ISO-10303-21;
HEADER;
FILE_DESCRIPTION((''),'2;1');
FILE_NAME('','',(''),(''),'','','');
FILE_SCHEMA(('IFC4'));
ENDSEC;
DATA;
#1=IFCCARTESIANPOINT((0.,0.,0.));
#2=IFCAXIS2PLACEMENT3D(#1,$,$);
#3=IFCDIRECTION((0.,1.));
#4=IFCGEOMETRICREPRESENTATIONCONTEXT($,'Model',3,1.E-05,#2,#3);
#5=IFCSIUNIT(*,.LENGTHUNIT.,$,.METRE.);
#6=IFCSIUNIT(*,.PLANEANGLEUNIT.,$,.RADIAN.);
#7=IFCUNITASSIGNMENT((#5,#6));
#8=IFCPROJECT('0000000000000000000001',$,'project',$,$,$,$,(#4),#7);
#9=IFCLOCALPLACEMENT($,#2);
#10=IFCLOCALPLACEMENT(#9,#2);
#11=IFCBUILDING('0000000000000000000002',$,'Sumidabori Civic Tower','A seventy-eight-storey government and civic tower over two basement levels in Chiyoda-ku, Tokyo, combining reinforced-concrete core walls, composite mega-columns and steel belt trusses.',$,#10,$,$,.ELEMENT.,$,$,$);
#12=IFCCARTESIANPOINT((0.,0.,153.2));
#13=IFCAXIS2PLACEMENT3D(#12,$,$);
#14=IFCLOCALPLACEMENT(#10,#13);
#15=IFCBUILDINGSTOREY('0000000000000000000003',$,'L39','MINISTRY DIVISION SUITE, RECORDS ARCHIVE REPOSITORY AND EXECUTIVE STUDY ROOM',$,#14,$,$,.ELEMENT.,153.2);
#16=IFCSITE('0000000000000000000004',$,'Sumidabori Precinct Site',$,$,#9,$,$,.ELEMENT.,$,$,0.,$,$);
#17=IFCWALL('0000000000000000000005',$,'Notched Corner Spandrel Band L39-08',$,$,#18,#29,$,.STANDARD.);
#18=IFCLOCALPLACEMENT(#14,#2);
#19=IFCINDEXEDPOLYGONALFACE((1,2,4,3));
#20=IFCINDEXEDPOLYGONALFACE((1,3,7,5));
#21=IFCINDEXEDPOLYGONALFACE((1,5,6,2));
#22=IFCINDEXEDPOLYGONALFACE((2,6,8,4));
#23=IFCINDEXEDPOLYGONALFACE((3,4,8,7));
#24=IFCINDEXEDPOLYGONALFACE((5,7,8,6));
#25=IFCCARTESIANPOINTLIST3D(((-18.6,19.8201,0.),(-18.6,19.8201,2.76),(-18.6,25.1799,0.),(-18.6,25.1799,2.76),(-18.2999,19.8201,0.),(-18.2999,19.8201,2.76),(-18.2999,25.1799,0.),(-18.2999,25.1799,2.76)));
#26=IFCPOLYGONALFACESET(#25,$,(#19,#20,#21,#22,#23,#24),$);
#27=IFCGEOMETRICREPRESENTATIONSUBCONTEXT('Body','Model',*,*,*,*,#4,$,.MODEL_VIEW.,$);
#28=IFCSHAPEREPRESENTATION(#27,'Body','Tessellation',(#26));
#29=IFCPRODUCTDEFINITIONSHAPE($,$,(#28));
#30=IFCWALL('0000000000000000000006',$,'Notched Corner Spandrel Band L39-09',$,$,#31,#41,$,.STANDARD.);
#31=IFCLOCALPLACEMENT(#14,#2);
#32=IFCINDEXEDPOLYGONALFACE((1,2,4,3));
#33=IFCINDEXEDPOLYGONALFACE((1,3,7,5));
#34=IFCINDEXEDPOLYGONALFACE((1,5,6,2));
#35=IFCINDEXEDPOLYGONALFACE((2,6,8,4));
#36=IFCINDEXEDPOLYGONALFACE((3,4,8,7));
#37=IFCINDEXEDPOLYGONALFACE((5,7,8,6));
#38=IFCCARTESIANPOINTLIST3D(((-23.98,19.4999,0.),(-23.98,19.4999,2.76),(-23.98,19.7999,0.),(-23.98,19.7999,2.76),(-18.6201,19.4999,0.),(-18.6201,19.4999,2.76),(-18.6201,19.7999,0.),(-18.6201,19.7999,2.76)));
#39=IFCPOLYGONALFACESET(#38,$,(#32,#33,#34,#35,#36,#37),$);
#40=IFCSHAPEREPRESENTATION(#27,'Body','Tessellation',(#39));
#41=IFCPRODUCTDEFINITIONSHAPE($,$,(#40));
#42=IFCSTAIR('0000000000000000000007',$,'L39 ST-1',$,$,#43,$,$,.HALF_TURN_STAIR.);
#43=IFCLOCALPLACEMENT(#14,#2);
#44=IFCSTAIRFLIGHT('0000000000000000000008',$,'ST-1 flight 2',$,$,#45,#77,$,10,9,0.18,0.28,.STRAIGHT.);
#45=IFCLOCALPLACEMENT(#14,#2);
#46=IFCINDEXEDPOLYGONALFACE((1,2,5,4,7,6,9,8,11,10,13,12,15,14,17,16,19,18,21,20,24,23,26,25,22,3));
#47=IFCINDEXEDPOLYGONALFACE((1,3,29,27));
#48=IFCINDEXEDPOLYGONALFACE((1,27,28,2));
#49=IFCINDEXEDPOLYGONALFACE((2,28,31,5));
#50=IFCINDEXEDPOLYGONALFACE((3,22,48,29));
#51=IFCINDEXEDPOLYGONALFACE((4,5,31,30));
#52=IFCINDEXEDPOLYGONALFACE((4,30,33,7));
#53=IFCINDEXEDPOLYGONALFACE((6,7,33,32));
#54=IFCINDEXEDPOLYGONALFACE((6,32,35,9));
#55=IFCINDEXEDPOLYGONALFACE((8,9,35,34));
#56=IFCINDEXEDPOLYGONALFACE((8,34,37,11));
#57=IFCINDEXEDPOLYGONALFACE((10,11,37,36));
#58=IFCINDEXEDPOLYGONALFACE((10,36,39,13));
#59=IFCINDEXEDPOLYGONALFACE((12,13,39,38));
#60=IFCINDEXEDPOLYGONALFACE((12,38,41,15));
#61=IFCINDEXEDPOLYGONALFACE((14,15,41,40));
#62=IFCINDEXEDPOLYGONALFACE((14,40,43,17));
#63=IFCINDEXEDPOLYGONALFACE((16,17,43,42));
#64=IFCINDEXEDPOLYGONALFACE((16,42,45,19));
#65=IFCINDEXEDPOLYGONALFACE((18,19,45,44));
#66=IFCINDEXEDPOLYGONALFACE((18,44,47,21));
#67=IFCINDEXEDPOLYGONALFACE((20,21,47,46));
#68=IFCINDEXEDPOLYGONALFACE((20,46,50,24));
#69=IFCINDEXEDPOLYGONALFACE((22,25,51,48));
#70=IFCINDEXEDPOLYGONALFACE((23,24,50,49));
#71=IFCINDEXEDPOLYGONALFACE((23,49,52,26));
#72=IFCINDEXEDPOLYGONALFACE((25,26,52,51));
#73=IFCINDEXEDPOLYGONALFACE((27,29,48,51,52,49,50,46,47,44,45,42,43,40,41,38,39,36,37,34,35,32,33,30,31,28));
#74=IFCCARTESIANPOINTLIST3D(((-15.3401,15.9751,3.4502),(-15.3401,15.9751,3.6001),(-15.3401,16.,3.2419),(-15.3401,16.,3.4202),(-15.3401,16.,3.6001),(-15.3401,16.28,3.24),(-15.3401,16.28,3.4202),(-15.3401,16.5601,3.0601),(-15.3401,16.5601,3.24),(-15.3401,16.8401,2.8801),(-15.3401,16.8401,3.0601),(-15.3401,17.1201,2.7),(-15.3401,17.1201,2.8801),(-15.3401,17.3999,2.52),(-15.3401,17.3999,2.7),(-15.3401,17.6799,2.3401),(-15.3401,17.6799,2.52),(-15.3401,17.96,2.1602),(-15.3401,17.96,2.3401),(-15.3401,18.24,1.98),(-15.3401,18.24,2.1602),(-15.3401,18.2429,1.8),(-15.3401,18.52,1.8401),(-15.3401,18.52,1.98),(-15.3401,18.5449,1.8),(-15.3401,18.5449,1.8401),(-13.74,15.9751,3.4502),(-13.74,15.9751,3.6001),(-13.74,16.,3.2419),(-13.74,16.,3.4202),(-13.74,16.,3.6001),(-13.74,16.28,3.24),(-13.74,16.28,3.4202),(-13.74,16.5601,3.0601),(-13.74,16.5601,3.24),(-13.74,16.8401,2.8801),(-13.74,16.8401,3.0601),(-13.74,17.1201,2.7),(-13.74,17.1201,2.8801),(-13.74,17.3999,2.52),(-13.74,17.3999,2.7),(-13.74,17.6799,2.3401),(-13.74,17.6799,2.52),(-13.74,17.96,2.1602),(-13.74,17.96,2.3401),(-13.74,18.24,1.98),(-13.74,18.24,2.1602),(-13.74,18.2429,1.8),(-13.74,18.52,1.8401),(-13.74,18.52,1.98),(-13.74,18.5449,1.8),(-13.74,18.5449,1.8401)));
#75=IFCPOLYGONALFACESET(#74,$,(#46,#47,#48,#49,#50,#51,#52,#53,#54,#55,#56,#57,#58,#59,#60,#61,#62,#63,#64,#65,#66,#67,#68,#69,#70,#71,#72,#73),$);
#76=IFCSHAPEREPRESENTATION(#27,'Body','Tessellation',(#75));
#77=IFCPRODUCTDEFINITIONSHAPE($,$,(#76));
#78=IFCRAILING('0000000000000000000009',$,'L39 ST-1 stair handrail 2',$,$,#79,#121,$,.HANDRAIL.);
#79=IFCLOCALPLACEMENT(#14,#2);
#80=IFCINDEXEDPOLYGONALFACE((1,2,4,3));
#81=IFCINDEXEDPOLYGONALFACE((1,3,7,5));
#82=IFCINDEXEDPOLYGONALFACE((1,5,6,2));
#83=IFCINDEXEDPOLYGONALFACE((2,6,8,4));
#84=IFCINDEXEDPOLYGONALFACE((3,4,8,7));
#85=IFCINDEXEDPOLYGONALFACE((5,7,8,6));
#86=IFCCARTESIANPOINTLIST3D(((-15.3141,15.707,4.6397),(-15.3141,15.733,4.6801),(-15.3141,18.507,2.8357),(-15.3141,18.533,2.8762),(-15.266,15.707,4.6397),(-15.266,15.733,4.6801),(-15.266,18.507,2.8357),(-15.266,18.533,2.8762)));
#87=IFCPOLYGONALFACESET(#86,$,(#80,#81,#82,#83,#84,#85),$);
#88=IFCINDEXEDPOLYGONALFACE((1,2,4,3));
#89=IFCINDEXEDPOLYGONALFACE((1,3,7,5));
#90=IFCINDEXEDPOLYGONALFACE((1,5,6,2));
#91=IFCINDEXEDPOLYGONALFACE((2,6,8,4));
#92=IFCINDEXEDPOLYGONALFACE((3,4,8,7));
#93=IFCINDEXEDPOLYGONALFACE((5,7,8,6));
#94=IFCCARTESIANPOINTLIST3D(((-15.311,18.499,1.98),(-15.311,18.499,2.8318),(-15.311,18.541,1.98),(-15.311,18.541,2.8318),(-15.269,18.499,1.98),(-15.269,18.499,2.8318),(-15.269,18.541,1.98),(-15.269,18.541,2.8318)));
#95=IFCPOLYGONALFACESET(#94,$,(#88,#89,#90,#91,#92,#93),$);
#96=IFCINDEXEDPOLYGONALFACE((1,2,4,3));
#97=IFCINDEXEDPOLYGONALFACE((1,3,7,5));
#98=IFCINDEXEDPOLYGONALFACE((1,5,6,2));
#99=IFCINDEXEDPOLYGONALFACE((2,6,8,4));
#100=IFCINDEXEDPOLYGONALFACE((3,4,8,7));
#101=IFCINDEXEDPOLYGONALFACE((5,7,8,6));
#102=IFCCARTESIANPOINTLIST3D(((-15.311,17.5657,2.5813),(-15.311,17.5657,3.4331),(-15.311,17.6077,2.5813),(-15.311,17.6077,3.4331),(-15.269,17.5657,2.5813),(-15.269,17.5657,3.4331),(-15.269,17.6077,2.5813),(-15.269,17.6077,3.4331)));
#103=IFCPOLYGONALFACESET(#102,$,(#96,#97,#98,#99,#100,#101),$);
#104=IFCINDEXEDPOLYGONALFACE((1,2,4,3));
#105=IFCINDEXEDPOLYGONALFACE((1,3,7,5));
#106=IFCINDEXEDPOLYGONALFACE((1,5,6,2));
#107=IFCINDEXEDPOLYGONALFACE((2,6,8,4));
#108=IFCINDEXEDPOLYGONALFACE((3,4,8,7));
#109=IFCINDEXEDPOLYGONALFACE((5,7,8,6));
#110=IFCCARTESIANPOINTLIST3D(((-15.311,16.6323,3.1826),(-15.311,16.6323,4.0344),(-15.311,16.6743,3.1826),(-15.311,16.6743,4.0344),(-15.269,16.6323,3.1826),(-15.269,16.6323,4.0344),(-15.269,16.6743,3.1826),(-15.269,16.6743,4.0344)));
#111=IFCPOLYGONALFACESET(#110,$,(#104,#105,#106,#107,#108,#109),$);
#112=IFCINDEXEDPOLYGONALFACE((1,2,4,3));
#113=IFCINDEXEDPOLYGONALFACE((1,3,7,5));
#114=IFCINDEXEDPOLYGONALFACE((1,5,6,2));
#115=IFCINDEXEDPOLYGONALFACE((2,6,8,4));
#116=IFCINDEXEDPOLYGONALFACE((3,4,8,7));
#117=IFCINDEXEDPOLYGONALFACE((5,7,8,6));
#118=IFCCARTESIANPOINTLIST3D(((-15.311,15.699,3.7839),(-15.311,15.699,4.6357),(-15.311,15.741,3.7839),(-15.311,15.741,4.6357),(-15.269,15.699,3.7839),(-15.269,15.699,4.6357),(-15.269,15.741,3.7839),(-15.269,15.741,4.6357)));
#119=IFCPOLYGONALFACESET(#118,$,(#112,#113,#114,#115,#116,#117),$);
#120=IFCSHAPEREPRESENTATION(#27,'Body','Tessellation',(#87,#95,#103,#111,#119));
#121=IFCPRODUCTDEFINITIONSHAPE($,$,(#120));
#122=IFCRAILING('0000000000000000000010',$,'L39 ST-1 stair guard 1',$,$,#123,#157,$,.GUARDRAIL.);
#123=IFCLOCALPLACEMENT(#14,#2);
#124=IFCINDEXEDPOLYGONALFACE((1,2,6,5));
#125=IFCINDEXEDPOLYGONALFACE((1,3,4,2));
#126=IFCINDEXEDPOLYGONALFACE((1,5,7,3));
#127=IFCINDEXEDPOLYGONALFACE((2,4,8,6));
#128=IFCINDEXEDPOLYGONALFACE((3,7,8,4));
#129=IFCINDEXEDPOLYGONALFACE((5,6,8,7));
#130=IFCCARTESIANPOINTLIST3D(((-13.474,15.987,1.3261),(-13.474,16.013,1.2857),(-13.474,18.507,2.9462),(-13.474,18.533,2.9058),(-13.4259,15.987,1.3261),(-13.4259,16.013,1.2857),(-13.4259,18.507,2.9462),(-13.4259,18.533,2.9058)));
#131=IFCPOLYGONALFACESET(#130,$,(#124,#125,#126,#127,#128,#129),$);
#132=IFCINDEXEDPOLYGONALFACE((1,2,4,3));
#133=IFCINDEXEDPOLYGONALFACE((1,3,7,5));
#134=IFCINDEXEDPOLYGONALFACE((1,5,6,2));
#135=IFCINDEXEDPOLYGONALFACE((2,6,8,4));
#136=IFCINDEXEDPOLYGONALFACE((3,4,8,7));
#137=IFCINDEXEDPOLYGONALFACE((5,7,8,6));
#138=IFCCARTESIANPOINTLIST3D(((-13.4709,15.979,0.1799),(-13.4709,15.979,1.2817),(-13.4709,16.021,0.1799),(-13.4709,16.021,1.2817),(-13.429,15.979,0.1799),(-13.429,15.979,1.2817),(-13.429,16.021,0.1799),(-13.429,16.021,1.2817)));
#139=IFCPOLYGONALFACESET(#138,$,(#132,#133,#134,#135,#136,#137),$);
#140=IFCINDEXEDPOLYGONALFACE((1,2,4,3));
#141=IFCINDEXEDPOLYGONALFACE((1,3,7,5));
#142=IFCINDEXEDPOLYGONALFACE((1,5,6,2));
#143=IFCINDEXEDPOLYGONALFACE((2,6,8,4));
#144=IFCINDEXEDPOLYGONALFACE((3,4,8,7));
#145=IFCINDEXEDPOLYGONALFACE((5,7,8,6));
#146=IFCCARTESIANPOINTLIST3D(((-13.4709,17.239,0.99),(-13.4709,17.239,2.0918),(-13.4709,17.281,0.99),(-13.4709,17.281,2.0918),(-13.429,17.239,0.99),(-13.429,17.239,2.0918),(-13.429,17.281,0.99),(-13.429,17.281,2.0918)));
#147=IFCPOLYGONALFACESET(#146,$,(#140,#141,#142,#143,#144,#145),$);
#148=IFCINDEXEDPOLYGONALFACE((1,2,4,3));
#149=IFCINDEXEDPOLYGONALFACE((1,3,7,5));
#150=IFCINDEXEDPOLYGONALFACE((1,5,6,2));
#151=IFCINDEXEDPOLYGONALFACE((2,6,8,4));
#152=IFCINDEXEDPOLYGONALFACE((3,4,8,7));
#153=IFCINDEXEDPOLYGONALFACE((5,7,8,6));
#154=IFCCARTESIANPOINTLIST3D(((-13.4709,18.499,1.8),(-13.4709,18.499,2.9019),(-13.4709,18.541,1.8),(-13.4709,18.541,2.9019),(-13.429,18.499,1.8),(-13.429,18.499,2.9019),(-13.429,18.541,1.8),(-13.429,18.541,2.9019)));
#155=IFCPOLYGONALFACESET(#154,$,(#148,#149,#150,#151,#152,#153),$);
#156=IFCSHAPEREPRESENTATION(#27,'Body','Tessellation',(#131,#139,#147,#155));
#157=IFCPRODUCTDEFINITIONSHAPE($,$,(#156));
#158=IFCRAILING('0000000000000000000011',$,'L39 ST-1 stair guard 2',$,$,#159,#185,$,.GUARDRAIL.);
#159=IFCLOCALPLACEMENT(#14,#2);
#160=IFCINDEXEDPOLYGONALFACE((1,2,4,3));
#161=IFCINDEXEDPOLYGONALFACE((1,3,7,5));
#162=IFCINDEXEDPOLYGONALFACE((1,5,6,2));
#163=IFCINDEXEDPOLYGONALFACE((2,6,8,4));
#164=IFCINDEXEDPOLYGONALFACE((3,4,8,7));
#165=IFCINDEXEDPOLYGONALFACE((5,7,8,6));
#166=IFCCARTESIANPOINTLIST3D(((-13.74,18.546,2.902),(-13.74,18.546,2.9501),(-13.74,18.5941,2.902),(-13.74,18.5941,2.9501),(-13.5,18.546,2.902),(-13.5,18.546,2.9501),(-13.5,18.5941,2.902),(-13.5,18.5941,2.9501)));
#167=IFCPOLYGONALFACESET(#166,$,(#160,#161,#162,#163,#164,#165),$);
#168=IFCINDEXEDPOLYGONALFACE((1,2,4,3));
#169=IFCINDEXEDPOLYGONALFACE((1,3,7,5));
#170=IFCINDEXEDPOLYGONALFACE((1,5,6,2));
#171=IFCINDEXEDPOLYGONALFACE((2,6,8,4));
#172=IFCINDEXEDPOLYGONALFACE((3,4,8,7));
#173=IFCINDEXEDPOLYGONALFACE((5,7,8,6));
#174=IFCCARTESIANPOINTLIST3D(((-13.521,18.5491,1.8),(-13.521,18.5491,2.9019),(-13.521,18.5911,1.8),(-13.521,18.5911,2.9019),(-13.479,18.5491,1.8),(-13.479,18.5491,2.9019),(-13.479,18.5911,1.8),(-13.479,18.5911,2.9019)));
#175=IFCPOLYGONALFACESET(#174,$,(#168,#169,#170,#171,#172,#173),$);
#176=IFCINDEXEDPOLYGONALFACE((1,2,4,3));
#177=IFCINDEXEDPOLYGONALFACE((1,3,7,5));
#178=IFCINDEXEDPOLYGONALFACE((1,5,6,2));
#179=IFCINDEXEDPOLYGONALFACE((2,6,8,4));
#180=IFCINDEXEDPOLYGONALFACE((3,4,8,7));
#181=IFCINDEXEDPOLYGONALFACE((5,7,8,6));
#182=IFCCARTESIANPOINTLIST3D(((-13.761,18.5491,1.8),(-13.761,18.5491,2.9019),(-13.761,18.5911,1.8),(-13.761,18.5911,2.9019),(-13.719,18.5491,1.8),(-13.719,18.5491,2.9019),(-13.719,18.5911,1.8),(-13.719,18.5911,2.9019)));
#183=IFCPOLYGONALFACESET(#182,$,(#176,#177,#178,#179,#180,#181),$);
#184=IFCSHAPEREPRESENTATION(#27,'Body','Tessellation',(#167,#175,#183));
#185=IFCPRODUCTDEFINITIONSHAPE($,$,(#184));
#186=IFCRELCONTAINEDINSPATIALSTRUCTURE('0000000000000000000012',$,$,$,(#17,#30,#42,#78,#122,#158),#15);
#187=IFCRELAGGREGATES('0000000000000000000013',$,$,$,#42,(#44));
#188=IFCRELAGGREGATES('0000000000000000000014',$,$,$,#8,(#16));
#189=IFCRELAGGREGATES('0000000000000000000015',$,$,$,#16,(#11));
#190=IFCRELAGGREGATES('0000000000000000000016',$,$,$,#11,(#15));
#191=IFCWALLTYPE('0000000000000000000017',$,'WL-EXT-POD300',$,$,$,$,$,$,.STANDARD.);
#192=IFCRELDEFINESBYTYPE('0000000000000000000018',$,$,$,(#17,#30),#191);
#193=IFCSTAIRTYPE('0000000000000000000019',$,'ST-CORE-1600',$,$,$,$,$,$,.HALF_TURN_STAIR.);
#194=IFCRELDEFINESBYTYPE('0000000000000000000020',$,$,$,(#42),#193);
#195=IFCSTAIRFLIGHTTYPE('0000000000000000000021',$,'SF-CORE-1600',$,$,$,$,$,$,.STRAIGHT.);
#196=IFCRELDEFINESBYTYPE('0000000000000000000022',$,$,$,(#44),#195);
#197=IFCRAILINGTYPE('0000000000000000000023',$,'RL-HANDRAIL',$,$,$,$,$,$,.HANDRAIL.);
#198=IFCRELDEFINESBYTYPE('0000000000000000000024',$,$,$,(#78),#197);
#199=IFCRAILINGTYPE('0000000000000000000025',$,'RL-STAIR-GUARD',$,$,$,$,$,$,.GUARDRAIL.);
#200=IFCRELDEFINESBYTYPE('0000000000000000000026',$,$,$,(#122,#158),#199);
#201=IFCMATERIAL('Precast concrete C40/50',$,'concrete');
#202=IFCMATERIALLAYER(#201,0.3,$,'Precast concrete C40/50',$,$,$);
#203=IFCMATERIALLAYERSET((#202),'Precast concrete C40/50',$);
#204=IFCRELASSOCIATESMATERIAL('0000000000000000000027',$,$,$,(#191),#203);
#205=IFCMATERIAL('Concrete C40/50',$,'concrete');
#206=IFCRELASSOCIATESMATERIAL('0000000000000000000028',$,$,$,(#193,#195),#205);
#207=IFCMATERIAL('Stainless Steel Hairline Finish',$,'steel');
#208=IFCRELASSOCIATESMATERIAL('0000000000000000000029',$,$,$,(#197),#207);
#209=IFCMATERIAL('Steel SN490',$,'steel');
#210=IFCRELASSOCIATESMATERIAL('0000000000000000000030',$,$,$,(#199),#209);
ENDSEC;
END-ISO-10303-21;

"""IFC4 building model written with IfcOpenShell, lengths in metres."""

from ifc_helpers import new_model, si_unit, direction, frame, frame_2d, origin, origin_2d, place, context, subcontext, project, spatial, polyline, rectangle, outline, extrude, source, transform, mapped, material, layer, layer_set, type_object, element, aggregate, save


model = new_model("IFC4")

# Units and contexts
model_context = context("Model", 3, precision=1e-05, world=origin(), true_north=direction((0.0, 1.0)))
body_context = subcontext(model_context, "Body", "Model", "MODEL_VIEW")
ifc_project = project(units=[si_unit("LENGTHUNIT", "METRE"), si_unit("PLANEANGLEUNIT", "RADIAN")], contexts=[model_context])

# Site, building, storey
site_placement = place(None, origin())
site = spatial("IfcSite", under=ifc_project, at=site_placement, Name="Sumidabori Precinct Site", CompositionType="ELEMENT", RefElevation=0.0)
building_placement = place(site_placement, origin())
building = spatial("IfcBuilding", under=site, at=building_placement, Name="Sumidabori Civic Tower", Description="A seventy-eight-storey government and civic tower over two basement levels in Chiyoda-ku, Tokyo, combining reinforced-concrete core walls, composite mega-columns and steel belt trusses.", CompositionType="ELEMENT")
storey_placement = place(building_placement, frame((0.0, 0.0, 153.2)))
storey = spatial("IfcBuildingStorey", under=building, at=storey_placement, Name="L39", Description="MINISTRY DIVISION SUITE, RECORDS ARCHIVE REPOSITORY AND EXECUTIVE STUDY ROOM", CompositionType="ELEMENT", Elevation=153.2)

# Shared definitions
ifc_material_1 = material(Name="Steel SN490", Category="steel")

# Walls
ifc_material_2 = material(Name="Precast concrete C40/50", Category="concrete")
ifc_layer_1 = layer(ifc_material_2, 0.3, Name="Precast concrete C40/50")
ifc_layer_set_1 = layer_set([ifc_layer_1], Name="Precast concrete C40/50")
wall_type_1 = type_object("IfcWallType", Name="WL-EXT-POD300", PredefinedType="STANDARD", material=ifc_layer_set_1)
shared_shape_1 = source(origin(), body_context, "Body", "SweptSolid", [
    extrude(rectangle(XDim=5.3599, YDim=0.3, at=frame_2d((2.6799, 0.0))), origin(), (0.0, 0.0, 1.0), 2.76),
])
for number, where, z_axis, x_axis, name in (
    (1, (-18.45, 25.1799, 0.0), (0.0, 0.0, 1.0), (0.0, -1.0, 0.0), "Notched Corner Spandrel Band L39-08"),
    (2, (-18.6201, 19.6499, 0.0), (0.0, 0.0, 1.0), (-1.0, 0.0, 0.0), "Notched Corner Spandrel Band L39-09"),
):
    element("IfcWall", number, at=place(storey_placement, frame(where, z_axis=z_axis, x_axis=x_axis)), inside=storey, type_object=wall_type_1, Name=name, PredefinedType="STANDARD", context=body_context, shape_type="MappedRepresentation", body=[
        mapped(shared_shape_1, transform((0.0, 0.0, 0.0), x_axis=(1.0, 0.0, 0.0), y_axis=(0.0, 1.0, 0.0), z_axis=(0.0, 0.0, 1.0), scale=1.0)),
    ])

# Stair, stair flight
ifc_material_3 = material(Name="Concrete C40/50", Category="concrete")
stair_type = type_object("IfcStairType", Name="ST-CORE-1600", PredefinedType="HALF_TURN_STAIR", material=ifc_material_3)
stair_placement = place(storey_placement, origin())
stair = element("IfcStair", 3, at=stair_placement, inside=storey, type_object=stair_type, Name="L39 ST-1", PredefinedType="HALF_TURN_STAIR")
stair_flight_type = type_object("IfcStairFlightType", Name="SF-CORE-1600", PredefinedType="STRAIGHT", material=ifc_material_3)
shared_shape_2 = source(origin(), body_context, "Body", "SweptSolid", [
    extrude(outline(polyline([(-0.0249, 0.0), (-0.0249, 0.04), (0.0, 0.04), (0.0, 0.1799), (0.28, 0.1799), (0.28, 0.3601), (0.5601, 0.3601), (0.5601, 0.54), (0.8401, 0.54), (0.8401, 0.72), (1.1201, 0.72), (1.1201, 0.8999), (1.3999, 0.8999), (1.3999, 1.0801), (1.6799, 1.0801), (1.6799, 1.26), (1.96, 1.26), (1.96, 1.4399), (2.24, 1.4399), (2.24, 1.6201), (2.52, 1.6201), (2.52, 1.8), (2.5449, 1.8), (2.5449, 1.6501), (2.52, 1.4419), (0.2771, 0.0), (-0.0249, 0.0)])), frame((0.0, 0.8, 0.0), z_axis=(0.0, -1.0, 0.0), x_axis=(1.0, 0.0, 0.0)), (0.0, 0.0, 1.0), 1.6001),
])
stair_flight_placement = place(storey_placement, frame((-14.54, 18.52, 1.8), z_axis=(0.0, 0.0, 1.0), x_axis=(0.0, -1.0, 0.0)))
stair_flight = element("IfcStairFlight", 4, at=stair_flight_placement, type_object=stair_flight_type, Name="ST-1 flight 2", NumberOfRisers=10, NumberOfTreads=9, PredefinedType="STRAIGHT", RiserHeight=0.18, TreadLength=0.28, context=body_context, shape_type="MappedRepresentation", body=[
    mapped(shared_shape_2, transform((0.0, 0.0, 0.0), x_axis=(1.0, 0.0, 0.0), y_axis=(0.0, 1.0, 0.0), z_axis=(0.0, 0.0, 1.0), scale=1.0)),
])
aggregate(stair, [stair_flight])

# Railings
ifc_material_4 = material(Name="Stainless Steel Hairline Finish", Category="steel")
railing_type_1 = type_object("IfcRailingType", Name="RL-HANDRAIL", PredefinedType="HANDRAIL", material=ifc_material_4)
railing_1_placement = place(storey_placement, frame((-15.29, 18.52, 1.98)))
element("IfcRailing", 5, at=railing_1_placement, inside=storey, type_object=railing_type_1, Name="L39 ST-1 stair handrail 2", PredefinedType="HANDRAIL", context=body_context, shape_type="SweptSolid", body=[
    extrude(rectangle(XDim=0.0481, YDim=0.0481, at=origin_2d()), frame((0.0, 0.0, 0.876), z_axis=(0.0, -0.840642, 0.541591), x_axis=(1.0, 0.0, 0.0)), (0.0, 0.0, 1.0), 3.3308),
    extrude(rectangle(XDim=0.042, YDim=0.042, at=origin_2d()), origin(), (0.0, 0.0, 1.0), 0.8518),
    extrude(rectangle(XDim=0.042, YDim=0.042, at=origin_2d()), frame((0.0, -0.9333, 0.6013)), (0.0, 0.0, 1.0), 0.8518),
    extrude(rectangle(XDim=0.042, YDim=0.042, at=origin_2d()), frame((0.0, -1.8667, 1.2026)), (0.0, 0.0, 1.0), 0.8518),
    extrude(rectangle(XDim=0.042, YDim=0.042, at=origin_2d()), frame((0.0, -2.8, 1.804)), (0.0, 0.0, 1.0), 0.8518),
])
railing_type_2 = type_object("IfcRailingType", Name="RL-STAIR-GUARD", PredefinedType="GUARDRAIL", material=ifc_material_1)
railing_2_placement = place(storey_placement, frame((-13.45, 16.0, 0.1799)))
element("IfcRailing", 6, at=railing_2_placement, inside=storey, type_object=railing_type_2, Name="L39 ST-1 stair guard 1", PredefinedType="GUARDRAIL", context=body_context, shape_type="SweptSolid", body=[
    extrude(rectangle(XDim=0.0481, YDim=0.0481, at=origin_2d()), frame((0.0, 0.0, 1.126), z_axis=(0.0, 0.841163, 0.540782), x_axis=(-1.0, 0.0, 0.0)), (0.0, 0.0, 1.0), 2.9958),
    extrude(rectangle(XDim=0.042, YDim=0.042, at=origin_2d()), origin(), (0.0, 0.0, 1.0), 1.1018),
    extrude(rectangle(XDim=0.042, YDim=0.042, at=origin_2d()), frame((0.0, 1.26, 0.8101)), (0.0, 0.0, 1.0), 1.1018),
    extrude(rectangle(XDim=0.042, YDim=0.042, at=origin_2d()), frame((0.0, 2.52, 1.6201)), (0.0, 0.0, 1.0), 1.1018),
])
railing_3_placement = place(storey_placement, frame((-13.5, 18.5701, 1.8)))
element("IfcRailing", 7, at=railing_3_placement, inside=storey, type_object=railing_type_2, Name="L39 ST-1 stair guard 2", PredefinedType="GUARDRAIL", context=body_context, shape_type="SweptSolid", body=[
    extrude(rectangle(XDim=0.0481, YDim=0.0481, at=origin_2d()), frame((0.0, 0.0, 1.126), z_axis=(-1.0, 0.0, 0.0), x_axis=(0.0, -1.0, 0.0)), (0.0, 0.0, 1.0), 0.24),
    extrude(rectangle(XDim=0.042, YDim=0.042, at=origin_2d()), origin(), (0.0, 0.0, 1.0), 1.1018),
    extrude(rectangle(XDim=0.042, YDim=0.042, at=origin_2d()), frame((-0.24, 0.0, 0.0)), (0.0, 0.0, 1.0), 1.1018),
])

save(model, "model.ifc")
